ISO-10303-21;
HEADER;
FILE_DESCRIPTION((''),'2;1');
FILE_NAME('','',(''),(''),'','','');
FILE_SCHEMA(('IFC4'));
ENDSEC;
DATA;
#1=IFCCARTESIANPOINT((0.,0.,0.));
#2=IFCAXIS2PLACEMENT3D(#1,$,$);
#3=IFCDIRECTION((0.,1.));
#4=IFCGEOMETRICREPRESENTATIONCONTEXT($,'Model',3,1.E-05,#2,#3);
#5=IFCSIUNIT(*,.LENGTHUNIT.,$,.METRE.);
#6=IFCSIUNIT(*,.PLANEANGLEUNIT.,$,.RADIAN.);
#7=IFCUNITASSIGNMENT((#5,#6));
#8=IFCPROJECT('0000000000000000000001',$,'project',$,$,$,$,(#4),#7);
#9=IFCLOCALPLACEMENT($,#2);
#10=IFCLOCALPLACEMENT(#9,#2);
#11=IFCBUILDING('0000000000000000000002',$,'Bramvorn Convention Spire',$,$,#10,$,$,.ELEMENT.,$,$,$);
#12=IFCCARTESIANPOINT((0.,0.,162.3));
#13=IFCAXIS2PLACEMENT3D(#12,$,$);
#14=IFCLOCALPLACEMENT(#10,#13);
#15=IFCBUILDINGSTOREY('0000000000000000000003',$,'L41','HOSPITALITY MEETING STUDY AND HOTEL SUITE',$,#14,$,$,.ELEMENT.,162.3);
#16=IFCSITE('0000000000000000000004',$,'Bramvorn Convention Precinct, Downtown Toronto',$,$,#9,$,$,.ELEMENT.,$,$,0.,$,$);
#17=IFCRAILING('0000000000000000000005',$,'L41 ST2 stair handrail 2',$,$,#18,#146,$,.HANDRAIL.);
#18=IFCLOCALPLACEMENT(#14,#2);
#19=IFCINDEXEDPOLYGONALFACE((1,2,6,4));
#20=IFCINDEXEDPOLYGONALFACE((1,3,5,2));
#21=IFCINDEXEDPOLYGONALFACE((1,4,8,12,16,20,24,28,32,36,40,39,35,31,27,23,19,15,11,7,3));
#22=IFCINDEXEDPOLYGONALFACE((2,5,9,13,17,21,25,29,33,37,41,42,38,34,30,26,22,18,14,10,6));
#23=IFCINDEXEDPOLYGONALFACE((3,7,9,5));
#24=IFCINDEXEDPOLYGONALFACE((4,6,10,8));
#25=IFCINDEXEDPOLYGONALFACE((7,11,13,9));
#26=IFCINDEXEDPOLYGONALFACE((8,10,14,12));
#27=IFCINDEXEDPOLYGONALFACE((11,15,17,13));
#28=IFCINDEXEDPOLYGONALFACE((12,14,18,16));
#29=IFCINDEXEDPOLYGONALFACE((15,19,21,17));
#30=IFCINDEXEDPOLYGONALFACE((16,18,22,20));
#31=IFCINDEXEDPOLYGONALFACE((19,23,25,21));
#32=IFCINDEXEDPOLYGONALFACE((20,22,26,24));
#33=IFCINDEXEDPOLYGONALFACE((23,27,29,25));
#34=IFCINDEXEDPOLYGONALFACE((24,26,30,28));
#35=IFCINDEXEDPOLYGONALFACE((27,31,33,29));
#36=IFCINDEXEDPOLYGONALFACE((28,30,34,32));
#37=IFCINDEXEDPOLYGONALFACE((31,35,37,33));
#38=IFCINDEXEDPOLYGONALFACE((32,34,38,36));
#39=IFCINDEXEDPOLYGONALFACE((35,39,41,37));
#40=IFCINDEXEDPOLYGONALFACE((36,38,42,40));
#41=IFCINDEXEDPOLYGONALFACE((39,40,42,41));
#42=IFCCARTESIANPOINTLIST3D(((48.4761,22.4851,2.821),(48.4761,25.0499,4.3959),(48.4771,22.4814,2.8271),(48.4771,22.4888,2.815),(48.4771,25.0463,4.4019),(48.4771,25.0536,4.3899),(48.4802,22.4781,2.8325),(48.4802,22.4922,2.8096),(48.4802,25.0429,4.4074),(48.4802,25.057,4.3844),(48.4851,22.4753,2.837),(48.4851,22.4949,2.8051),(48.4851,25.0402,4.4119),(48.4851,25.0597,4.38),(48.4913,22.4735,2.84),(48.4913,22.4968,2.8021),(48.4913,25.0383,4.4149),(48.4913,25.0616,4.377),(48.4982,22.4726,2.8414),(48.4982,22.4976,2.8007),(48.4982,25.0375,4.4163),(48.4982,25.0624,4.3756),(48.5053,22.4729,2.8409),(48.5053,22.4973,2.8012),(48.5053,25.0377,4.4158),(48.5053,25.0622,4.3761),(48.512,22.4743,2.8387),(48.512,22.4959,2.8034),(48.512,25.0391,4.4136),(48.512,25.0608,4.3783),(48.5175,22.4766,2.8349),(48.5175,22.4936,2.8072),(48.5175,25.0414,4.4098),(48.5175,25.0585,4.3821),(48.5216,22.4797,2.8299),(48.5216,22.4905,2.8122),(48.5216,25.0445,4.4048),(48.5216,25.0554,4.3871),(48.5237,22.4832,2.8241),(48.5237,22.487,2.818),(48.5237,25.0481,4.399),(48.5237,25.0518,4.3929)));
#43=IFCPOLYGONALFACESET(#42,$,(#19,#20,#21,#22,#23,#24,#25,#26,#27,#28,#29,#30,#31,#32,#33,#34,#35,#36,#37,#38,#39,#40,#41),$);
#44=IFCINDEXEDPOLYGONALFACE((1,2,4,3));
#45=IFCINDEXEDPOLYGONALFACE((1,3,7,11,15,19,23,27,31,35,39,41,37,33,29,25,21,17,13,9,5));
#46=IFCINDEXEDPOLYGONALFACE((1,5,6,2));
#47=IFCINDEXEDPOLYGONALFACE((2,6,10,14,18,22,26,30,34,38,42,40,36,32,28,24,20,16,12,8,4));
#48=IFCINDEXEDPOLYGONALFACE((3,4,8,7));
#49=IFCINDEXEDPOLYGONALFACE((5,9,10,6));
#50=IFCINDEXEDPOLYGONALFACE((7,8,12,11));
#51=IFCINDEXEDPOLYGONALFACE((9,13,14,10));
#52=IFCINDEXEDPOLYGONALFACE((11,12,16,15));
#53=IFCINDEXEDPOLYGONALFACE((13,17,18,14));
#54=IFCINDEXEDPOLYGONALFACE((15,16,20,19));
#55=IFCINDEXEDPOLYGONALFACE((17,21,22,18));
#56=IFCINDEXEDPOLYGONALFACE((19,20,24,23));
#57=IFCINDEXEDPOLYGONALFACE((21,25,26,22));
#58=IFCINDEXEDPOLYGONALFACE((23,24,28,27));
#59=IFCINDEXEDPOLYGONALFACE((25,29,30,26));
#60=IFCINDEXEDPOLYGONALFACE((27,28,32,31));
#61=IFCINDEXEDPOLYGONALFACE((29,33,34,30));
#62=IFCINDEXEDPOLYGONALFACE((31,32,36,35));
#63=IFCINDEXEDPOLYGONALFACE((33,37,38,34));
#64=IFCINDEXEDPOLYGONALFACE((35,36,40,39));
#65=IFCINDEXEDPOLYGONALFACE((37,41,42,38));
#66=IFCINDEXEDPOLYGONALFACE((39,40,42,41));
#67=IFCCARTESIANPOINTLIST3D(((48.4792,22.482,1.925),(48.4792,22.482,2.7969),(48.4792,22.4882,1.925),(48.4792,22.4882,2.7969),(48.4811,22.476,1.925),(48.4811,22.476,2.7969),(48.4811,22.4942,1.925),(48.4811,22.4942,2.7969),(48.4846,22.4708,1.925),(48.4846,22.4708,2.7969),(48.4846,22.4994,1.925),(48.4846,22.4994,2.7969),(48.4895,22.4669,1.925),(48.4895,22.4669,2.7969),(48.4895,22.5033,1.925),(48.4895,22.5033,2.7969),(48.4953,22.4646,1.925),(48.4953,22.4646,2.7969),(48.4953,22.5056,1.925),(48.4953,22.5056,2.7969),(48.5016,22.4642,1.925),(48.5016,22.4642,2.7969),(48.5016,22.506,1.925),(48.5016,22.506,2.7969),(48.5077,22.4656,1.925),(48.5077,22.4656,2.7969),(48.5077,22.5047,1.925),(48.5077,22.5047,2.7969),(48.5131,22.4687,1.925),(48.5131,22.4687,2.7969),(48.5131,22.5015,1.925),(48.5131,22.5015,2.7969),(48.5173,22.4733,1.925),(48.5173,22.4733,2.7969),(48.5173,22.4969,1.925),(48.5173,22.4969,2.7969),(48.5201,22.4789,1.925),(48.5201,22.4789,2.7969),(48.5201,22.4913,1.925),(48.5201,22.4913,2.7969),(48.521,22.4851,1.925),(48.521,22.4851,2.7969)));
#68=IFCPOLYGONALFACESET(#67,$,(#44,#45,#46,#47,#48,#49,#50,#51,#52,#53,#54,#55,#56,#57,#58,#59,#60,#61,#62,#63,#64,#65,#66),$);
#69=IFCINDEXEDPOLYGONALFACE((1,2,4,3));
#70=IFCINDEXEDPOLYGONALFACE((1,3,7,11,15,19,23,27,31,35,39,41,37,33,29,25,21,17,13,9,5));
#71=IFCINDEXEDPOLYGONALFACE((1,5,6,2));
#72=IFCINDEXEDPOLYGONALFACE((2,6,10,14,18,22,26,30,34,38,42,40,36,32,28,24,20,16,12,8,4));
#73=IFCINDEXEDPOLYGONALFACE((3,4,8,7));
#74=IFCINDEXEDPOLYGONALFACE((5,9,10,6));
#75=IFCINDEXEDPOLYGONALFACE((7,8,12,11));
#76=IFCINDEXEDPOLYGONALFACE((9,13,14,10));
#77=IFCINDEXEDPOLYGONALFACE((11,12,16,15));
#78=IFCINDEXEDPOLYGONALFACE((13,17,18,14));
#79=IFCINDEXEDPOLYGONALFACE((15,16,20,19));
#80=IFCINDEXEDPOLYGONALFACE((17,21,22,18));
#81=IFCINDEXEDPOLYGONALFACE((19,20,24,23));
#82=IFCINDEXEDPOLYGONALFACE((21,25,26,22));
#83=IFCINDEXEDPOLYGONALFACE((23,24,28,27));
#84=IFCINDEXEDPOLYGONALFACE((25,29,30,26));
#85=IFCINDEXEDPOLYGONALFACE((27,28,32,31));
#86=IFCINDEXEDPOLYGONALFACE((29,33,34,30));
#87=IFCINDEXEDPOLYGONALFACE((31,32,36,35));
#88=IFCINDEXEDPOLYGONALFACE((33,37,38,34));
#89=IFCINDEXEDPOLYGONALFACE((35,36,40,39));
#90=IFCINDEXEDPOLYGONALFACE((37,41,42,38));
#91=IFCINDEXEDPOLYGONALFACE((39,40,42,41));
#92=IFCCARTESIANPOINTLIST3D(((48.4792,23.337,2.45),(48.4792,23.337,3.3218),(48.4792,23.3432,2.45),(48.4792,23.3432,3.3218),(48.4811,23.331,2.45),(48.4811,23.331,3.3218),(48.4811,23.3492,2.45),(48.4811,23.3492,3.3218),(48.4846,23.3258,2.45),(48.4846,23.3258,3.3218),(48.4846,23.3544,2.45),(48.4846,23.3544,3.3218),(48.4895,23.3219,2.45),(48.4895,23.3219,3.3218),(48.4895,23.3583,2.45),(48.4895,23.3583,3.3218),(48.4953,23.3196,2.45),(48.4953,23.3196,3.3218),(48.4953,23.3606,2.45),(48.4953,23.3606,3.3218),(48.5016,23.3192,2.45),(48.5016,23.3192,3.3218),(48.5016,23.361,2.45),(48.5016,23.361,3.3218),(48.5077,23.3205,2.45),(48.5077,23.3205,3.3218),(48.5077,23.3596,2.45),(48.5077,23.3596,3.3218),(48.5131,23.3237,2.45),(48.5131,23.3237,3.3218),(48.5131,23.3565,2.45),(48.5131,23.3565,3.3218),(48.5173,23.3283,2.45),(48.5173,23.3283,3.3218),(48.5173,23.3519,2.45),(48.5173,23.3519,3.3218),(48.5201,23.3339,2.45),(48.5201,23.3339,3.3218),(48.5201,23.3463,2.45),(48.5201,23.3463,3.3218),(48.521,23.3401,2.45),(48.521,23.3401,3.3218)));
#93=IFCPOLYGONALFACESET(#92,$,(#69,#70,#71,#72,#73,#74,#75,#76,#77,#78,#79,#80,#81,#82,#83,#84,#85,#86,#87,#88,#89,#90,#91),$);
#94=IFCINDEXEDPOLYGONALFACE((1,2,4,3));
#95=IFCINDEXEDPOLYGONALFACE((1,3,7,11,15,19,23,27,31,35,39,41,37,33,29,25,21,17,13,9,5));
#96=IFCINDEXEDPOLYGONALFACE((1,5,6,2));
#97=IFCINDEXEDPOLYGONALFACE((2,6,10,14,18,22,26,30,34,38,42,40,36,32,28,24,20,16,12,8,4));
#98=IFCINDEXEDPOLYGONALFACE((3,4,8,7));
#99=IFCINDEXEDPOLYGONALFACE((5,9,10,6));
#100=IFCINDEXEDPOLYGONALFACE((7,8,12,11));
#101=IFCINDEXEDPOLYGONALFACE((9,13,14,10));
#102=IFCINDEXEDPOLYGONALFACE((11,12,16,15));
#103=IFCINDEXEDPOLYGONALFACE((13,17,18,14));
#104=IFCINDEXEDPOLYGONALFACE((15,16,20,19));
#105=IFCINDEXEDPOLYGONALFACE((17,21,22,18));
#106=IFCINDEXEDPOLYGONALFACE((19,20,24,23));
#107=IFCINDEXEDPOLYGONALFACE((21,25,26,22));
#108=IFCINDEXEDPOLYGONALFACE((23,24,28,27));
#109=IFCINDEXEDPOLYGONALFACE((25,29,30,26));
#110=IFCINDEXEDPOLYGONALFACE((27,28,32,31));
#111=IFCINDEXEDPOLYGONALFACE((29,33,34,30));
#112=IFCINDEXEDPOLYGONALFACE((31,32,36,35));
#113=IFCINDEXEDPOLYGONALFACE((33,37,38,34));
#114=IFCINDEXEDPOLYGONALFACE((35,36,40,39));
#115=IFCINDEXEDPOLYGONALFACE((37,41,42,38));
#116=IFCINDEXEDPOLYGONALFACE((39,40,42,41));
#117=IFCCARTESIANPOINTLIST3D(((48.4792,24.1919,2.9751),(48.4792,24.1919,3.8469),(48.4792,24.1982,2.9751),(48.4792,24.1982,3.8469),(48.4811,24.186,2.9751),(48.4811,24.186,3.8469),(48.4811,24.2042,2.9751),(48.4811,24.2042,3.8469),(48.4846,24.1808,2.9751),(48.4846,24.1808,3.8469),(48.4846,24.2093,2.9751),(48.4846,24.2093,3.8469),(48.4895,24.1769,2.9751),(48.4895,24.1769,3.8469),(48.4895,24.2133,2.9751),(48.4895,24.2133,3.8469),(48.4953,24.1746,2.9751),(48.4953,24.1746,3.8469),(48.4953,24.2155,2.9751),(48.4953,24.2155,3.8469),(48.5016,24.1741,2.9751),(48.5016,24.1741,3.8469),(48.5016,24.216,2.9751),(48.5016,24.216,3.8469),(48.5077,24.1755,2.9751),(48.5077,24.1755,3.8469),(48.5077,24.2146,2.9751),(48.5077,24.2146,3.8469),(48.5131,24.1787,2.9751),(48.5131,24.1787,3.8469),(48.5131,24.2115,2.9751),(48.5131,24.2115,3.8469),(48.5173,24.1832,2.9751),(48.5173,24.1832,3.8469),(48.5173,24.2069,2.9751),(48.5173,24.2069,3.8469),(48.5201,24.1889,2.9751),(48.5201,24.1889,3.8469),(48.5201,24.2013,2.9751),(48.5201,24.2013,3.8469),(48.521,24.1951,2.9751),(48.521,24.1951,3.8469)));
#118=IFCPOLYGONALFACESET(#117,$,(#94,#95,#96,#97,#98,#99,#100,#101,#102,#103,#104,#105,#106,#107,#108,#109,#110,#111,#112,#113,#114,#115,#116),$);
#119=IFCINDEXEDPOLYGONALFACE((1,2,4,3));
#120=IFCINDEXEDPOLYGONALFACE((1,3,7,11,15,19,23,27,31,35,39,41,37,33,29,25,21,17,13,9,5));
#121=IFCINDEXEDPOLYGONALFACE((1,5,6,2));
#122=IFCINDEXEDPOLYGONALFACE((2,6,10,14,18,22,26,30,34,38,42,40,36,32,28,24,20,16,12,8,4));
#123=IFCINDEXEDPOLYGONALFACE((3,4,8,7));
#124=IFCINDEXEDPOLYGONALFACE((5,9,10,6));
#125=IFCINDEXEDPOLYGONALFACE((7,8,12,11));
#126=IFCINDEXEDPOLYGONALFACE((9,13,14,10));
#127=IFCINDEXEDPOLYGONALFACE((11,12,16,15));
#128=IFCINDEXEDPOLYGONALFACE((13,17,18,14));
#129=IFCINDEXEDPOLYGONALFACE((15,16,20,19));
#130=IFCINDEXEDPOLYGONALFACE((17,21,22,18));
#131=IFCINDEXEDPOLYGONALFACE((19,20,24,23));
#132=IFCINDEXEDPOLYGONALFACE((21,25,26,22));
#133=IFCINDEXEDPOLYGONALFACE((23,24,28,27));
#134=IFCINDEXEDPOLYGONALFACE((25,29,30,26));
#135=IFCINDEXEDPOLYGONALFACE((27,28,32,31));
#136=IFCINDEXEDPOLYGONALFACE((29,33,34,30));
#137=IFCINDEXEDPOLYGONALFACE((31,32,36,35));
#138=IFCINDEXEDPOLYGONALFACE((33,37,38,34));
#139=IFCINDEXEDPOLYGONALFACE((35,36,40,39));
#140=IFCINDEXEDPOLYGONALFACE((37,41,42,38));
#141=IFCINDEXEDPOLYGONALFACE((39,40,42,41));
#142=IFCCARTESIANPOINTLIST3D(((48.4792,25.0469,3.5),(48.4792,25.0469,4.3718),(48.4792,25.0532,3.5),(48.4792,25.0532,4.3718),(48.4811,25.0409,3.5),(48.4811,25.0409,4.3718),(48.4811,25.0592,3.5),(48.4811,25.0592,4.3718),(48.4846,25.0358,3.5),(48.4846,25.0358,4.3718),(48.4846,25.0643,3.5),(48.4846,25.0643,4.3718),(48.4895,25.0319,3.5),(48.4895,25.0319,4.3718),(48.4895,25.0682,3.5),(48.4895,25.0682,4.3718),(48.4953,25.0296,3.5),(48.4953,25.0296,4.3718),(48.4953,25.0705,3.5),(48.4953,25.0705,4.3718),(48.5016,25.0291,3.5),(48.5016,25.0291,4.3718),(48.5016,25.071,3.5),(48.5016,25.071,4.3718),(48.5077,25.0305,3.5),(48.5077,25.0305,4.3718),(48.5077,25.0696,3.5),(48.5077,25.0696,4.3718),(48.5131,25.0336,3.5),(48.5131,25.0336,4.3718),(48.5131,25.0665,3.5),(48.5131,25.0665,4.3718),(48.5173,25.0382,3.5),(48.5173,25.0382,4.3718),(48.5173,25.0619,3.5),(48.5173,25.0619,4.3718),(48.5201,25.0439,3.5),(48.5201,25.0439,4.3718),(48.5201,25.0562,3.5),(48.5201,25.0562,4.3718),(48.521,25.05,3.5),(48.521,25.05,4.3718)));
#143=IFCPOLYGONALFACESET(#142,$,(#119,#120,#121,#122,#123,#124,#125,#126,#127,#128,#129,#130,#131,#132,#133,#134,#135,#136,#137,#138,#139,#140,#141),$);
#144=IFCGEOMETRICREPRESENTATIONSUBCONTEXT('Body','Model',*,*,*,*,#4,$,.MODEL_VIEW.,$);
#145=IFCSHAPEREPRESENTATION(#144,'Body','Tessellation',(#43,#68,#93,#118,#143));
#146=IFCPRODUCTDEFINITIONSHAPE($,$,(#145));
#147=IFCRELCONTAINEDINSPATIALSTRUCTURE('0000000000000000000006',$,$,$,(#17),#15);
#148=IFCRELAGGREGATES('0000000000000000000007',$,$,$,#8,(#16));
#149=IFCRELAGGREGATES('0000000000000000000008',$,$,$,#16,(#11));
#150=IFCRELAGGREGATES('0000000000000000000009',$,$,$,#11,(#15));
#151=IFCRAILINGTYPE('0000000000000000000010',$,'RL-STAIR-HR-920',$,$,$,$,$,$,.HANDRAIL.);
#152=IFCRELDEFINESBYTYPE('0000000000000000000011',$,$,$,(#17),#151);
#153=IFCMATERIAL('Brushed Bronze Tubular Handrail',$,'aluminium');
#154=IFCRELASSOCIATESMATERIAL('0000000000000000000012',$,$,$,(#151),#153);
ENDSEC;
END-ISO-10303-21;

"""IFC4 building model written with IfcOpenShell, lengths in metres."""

from ifc_helpers import new_model, si_unit, direction, frame, origin, origin_2d, place, context, subcontext, project, spatial, circle, extrude, material, type_object, element, save


model = new_model("IFC4")

# Units and contexts
model_context = context("Model", 3, precision=1e-05, world=origin(), true_north=direction((0.0, 1.0)))
body_context = subcontext(model_context, "Body", "Model", "MODEL_VIEW")
ifc_project = project(units=[si_unit("LENGTHUNIT", "METRE"), si_unit("PLANEANGLEUNIT", "RADIAN")], contexts=[model_context])

# Site, building, storey
site_placement = place(None, origin())
site = spatial("IfcSite", under=ifc_project, at=site_placement, Name="Bramvorn Convention Precinct, Downtown Toronto", CompositionType="ELEMENT", RefElevation=0.0)
building_placement = place(site_placement, origin())
building = spatial("IfcBuilding", under=site, at=building_placement, Name="Bramvorn Convention Spire", CompositionType="ELEMENT")
storey_placement = place(building_placement, frame((0.0, 0.0, 162.3)))
storey = spatial("IfcBuildingStorey", under=building, at=storey_placement, Name="L41", Description="HOSPITALITY MEETING STUDY AND HOTEL SUITE", CompositionType="ELEMENT", Elevation=162.3)

# Railing
ifc_material_1 = material(Name="Brushed Bronze Tubular Handrail", Category="aluminium")
railing_type_1 = type_object("IfcRailingType", Name="RL-STAIR-HR-920", PredefinedType="HANDRAIL", material=ifc_material_1)
railing_1_placement = place(storey_placement, frame((48.5, 22.4851, 1.925)))
element("IfcRailing", 1, at=railing_1_placement, inside=storey, type_object=railing_type_1, Name="L41 ST2 stair handrail 2", PredefinedType="HANDRAIL", context=body_context, shape_type="SweptSolid", body=[
    extrude(circle(Radius=0.0239, at=origin_2d()), frame((0.0, 0.0, 0.896), z_axis=(0.0, 0.852173, 0.52326), x_axis=(-1.0, 0.0, 0.0)), (0.0, 0.0, 1.0), 3.0098),
    extrude(circle(Radius=0.021, at=origin_2d()), origin(), (0.0, 0.0, 1.0), 0.8718),
    extrude(circle(Radius=0.021, at=origin_2d()), frame((0.0, 0.855, 0.5249)), (0.0, 0.0, 1.0), 0.8718),
    extrude(circle(Radius=0.021, at=origin_2d()), frame((0.0, 1.71, 1.05)), (0.0, 0.0, 1.0), 0.8718),
    extrude(circle(Radius=0.021, at=origin_2d()), frame((0.0, 2.5649, 1.575)), (0.0, 0.0, 1.0), 0.8718),
])

save(model, "model.ifc")
